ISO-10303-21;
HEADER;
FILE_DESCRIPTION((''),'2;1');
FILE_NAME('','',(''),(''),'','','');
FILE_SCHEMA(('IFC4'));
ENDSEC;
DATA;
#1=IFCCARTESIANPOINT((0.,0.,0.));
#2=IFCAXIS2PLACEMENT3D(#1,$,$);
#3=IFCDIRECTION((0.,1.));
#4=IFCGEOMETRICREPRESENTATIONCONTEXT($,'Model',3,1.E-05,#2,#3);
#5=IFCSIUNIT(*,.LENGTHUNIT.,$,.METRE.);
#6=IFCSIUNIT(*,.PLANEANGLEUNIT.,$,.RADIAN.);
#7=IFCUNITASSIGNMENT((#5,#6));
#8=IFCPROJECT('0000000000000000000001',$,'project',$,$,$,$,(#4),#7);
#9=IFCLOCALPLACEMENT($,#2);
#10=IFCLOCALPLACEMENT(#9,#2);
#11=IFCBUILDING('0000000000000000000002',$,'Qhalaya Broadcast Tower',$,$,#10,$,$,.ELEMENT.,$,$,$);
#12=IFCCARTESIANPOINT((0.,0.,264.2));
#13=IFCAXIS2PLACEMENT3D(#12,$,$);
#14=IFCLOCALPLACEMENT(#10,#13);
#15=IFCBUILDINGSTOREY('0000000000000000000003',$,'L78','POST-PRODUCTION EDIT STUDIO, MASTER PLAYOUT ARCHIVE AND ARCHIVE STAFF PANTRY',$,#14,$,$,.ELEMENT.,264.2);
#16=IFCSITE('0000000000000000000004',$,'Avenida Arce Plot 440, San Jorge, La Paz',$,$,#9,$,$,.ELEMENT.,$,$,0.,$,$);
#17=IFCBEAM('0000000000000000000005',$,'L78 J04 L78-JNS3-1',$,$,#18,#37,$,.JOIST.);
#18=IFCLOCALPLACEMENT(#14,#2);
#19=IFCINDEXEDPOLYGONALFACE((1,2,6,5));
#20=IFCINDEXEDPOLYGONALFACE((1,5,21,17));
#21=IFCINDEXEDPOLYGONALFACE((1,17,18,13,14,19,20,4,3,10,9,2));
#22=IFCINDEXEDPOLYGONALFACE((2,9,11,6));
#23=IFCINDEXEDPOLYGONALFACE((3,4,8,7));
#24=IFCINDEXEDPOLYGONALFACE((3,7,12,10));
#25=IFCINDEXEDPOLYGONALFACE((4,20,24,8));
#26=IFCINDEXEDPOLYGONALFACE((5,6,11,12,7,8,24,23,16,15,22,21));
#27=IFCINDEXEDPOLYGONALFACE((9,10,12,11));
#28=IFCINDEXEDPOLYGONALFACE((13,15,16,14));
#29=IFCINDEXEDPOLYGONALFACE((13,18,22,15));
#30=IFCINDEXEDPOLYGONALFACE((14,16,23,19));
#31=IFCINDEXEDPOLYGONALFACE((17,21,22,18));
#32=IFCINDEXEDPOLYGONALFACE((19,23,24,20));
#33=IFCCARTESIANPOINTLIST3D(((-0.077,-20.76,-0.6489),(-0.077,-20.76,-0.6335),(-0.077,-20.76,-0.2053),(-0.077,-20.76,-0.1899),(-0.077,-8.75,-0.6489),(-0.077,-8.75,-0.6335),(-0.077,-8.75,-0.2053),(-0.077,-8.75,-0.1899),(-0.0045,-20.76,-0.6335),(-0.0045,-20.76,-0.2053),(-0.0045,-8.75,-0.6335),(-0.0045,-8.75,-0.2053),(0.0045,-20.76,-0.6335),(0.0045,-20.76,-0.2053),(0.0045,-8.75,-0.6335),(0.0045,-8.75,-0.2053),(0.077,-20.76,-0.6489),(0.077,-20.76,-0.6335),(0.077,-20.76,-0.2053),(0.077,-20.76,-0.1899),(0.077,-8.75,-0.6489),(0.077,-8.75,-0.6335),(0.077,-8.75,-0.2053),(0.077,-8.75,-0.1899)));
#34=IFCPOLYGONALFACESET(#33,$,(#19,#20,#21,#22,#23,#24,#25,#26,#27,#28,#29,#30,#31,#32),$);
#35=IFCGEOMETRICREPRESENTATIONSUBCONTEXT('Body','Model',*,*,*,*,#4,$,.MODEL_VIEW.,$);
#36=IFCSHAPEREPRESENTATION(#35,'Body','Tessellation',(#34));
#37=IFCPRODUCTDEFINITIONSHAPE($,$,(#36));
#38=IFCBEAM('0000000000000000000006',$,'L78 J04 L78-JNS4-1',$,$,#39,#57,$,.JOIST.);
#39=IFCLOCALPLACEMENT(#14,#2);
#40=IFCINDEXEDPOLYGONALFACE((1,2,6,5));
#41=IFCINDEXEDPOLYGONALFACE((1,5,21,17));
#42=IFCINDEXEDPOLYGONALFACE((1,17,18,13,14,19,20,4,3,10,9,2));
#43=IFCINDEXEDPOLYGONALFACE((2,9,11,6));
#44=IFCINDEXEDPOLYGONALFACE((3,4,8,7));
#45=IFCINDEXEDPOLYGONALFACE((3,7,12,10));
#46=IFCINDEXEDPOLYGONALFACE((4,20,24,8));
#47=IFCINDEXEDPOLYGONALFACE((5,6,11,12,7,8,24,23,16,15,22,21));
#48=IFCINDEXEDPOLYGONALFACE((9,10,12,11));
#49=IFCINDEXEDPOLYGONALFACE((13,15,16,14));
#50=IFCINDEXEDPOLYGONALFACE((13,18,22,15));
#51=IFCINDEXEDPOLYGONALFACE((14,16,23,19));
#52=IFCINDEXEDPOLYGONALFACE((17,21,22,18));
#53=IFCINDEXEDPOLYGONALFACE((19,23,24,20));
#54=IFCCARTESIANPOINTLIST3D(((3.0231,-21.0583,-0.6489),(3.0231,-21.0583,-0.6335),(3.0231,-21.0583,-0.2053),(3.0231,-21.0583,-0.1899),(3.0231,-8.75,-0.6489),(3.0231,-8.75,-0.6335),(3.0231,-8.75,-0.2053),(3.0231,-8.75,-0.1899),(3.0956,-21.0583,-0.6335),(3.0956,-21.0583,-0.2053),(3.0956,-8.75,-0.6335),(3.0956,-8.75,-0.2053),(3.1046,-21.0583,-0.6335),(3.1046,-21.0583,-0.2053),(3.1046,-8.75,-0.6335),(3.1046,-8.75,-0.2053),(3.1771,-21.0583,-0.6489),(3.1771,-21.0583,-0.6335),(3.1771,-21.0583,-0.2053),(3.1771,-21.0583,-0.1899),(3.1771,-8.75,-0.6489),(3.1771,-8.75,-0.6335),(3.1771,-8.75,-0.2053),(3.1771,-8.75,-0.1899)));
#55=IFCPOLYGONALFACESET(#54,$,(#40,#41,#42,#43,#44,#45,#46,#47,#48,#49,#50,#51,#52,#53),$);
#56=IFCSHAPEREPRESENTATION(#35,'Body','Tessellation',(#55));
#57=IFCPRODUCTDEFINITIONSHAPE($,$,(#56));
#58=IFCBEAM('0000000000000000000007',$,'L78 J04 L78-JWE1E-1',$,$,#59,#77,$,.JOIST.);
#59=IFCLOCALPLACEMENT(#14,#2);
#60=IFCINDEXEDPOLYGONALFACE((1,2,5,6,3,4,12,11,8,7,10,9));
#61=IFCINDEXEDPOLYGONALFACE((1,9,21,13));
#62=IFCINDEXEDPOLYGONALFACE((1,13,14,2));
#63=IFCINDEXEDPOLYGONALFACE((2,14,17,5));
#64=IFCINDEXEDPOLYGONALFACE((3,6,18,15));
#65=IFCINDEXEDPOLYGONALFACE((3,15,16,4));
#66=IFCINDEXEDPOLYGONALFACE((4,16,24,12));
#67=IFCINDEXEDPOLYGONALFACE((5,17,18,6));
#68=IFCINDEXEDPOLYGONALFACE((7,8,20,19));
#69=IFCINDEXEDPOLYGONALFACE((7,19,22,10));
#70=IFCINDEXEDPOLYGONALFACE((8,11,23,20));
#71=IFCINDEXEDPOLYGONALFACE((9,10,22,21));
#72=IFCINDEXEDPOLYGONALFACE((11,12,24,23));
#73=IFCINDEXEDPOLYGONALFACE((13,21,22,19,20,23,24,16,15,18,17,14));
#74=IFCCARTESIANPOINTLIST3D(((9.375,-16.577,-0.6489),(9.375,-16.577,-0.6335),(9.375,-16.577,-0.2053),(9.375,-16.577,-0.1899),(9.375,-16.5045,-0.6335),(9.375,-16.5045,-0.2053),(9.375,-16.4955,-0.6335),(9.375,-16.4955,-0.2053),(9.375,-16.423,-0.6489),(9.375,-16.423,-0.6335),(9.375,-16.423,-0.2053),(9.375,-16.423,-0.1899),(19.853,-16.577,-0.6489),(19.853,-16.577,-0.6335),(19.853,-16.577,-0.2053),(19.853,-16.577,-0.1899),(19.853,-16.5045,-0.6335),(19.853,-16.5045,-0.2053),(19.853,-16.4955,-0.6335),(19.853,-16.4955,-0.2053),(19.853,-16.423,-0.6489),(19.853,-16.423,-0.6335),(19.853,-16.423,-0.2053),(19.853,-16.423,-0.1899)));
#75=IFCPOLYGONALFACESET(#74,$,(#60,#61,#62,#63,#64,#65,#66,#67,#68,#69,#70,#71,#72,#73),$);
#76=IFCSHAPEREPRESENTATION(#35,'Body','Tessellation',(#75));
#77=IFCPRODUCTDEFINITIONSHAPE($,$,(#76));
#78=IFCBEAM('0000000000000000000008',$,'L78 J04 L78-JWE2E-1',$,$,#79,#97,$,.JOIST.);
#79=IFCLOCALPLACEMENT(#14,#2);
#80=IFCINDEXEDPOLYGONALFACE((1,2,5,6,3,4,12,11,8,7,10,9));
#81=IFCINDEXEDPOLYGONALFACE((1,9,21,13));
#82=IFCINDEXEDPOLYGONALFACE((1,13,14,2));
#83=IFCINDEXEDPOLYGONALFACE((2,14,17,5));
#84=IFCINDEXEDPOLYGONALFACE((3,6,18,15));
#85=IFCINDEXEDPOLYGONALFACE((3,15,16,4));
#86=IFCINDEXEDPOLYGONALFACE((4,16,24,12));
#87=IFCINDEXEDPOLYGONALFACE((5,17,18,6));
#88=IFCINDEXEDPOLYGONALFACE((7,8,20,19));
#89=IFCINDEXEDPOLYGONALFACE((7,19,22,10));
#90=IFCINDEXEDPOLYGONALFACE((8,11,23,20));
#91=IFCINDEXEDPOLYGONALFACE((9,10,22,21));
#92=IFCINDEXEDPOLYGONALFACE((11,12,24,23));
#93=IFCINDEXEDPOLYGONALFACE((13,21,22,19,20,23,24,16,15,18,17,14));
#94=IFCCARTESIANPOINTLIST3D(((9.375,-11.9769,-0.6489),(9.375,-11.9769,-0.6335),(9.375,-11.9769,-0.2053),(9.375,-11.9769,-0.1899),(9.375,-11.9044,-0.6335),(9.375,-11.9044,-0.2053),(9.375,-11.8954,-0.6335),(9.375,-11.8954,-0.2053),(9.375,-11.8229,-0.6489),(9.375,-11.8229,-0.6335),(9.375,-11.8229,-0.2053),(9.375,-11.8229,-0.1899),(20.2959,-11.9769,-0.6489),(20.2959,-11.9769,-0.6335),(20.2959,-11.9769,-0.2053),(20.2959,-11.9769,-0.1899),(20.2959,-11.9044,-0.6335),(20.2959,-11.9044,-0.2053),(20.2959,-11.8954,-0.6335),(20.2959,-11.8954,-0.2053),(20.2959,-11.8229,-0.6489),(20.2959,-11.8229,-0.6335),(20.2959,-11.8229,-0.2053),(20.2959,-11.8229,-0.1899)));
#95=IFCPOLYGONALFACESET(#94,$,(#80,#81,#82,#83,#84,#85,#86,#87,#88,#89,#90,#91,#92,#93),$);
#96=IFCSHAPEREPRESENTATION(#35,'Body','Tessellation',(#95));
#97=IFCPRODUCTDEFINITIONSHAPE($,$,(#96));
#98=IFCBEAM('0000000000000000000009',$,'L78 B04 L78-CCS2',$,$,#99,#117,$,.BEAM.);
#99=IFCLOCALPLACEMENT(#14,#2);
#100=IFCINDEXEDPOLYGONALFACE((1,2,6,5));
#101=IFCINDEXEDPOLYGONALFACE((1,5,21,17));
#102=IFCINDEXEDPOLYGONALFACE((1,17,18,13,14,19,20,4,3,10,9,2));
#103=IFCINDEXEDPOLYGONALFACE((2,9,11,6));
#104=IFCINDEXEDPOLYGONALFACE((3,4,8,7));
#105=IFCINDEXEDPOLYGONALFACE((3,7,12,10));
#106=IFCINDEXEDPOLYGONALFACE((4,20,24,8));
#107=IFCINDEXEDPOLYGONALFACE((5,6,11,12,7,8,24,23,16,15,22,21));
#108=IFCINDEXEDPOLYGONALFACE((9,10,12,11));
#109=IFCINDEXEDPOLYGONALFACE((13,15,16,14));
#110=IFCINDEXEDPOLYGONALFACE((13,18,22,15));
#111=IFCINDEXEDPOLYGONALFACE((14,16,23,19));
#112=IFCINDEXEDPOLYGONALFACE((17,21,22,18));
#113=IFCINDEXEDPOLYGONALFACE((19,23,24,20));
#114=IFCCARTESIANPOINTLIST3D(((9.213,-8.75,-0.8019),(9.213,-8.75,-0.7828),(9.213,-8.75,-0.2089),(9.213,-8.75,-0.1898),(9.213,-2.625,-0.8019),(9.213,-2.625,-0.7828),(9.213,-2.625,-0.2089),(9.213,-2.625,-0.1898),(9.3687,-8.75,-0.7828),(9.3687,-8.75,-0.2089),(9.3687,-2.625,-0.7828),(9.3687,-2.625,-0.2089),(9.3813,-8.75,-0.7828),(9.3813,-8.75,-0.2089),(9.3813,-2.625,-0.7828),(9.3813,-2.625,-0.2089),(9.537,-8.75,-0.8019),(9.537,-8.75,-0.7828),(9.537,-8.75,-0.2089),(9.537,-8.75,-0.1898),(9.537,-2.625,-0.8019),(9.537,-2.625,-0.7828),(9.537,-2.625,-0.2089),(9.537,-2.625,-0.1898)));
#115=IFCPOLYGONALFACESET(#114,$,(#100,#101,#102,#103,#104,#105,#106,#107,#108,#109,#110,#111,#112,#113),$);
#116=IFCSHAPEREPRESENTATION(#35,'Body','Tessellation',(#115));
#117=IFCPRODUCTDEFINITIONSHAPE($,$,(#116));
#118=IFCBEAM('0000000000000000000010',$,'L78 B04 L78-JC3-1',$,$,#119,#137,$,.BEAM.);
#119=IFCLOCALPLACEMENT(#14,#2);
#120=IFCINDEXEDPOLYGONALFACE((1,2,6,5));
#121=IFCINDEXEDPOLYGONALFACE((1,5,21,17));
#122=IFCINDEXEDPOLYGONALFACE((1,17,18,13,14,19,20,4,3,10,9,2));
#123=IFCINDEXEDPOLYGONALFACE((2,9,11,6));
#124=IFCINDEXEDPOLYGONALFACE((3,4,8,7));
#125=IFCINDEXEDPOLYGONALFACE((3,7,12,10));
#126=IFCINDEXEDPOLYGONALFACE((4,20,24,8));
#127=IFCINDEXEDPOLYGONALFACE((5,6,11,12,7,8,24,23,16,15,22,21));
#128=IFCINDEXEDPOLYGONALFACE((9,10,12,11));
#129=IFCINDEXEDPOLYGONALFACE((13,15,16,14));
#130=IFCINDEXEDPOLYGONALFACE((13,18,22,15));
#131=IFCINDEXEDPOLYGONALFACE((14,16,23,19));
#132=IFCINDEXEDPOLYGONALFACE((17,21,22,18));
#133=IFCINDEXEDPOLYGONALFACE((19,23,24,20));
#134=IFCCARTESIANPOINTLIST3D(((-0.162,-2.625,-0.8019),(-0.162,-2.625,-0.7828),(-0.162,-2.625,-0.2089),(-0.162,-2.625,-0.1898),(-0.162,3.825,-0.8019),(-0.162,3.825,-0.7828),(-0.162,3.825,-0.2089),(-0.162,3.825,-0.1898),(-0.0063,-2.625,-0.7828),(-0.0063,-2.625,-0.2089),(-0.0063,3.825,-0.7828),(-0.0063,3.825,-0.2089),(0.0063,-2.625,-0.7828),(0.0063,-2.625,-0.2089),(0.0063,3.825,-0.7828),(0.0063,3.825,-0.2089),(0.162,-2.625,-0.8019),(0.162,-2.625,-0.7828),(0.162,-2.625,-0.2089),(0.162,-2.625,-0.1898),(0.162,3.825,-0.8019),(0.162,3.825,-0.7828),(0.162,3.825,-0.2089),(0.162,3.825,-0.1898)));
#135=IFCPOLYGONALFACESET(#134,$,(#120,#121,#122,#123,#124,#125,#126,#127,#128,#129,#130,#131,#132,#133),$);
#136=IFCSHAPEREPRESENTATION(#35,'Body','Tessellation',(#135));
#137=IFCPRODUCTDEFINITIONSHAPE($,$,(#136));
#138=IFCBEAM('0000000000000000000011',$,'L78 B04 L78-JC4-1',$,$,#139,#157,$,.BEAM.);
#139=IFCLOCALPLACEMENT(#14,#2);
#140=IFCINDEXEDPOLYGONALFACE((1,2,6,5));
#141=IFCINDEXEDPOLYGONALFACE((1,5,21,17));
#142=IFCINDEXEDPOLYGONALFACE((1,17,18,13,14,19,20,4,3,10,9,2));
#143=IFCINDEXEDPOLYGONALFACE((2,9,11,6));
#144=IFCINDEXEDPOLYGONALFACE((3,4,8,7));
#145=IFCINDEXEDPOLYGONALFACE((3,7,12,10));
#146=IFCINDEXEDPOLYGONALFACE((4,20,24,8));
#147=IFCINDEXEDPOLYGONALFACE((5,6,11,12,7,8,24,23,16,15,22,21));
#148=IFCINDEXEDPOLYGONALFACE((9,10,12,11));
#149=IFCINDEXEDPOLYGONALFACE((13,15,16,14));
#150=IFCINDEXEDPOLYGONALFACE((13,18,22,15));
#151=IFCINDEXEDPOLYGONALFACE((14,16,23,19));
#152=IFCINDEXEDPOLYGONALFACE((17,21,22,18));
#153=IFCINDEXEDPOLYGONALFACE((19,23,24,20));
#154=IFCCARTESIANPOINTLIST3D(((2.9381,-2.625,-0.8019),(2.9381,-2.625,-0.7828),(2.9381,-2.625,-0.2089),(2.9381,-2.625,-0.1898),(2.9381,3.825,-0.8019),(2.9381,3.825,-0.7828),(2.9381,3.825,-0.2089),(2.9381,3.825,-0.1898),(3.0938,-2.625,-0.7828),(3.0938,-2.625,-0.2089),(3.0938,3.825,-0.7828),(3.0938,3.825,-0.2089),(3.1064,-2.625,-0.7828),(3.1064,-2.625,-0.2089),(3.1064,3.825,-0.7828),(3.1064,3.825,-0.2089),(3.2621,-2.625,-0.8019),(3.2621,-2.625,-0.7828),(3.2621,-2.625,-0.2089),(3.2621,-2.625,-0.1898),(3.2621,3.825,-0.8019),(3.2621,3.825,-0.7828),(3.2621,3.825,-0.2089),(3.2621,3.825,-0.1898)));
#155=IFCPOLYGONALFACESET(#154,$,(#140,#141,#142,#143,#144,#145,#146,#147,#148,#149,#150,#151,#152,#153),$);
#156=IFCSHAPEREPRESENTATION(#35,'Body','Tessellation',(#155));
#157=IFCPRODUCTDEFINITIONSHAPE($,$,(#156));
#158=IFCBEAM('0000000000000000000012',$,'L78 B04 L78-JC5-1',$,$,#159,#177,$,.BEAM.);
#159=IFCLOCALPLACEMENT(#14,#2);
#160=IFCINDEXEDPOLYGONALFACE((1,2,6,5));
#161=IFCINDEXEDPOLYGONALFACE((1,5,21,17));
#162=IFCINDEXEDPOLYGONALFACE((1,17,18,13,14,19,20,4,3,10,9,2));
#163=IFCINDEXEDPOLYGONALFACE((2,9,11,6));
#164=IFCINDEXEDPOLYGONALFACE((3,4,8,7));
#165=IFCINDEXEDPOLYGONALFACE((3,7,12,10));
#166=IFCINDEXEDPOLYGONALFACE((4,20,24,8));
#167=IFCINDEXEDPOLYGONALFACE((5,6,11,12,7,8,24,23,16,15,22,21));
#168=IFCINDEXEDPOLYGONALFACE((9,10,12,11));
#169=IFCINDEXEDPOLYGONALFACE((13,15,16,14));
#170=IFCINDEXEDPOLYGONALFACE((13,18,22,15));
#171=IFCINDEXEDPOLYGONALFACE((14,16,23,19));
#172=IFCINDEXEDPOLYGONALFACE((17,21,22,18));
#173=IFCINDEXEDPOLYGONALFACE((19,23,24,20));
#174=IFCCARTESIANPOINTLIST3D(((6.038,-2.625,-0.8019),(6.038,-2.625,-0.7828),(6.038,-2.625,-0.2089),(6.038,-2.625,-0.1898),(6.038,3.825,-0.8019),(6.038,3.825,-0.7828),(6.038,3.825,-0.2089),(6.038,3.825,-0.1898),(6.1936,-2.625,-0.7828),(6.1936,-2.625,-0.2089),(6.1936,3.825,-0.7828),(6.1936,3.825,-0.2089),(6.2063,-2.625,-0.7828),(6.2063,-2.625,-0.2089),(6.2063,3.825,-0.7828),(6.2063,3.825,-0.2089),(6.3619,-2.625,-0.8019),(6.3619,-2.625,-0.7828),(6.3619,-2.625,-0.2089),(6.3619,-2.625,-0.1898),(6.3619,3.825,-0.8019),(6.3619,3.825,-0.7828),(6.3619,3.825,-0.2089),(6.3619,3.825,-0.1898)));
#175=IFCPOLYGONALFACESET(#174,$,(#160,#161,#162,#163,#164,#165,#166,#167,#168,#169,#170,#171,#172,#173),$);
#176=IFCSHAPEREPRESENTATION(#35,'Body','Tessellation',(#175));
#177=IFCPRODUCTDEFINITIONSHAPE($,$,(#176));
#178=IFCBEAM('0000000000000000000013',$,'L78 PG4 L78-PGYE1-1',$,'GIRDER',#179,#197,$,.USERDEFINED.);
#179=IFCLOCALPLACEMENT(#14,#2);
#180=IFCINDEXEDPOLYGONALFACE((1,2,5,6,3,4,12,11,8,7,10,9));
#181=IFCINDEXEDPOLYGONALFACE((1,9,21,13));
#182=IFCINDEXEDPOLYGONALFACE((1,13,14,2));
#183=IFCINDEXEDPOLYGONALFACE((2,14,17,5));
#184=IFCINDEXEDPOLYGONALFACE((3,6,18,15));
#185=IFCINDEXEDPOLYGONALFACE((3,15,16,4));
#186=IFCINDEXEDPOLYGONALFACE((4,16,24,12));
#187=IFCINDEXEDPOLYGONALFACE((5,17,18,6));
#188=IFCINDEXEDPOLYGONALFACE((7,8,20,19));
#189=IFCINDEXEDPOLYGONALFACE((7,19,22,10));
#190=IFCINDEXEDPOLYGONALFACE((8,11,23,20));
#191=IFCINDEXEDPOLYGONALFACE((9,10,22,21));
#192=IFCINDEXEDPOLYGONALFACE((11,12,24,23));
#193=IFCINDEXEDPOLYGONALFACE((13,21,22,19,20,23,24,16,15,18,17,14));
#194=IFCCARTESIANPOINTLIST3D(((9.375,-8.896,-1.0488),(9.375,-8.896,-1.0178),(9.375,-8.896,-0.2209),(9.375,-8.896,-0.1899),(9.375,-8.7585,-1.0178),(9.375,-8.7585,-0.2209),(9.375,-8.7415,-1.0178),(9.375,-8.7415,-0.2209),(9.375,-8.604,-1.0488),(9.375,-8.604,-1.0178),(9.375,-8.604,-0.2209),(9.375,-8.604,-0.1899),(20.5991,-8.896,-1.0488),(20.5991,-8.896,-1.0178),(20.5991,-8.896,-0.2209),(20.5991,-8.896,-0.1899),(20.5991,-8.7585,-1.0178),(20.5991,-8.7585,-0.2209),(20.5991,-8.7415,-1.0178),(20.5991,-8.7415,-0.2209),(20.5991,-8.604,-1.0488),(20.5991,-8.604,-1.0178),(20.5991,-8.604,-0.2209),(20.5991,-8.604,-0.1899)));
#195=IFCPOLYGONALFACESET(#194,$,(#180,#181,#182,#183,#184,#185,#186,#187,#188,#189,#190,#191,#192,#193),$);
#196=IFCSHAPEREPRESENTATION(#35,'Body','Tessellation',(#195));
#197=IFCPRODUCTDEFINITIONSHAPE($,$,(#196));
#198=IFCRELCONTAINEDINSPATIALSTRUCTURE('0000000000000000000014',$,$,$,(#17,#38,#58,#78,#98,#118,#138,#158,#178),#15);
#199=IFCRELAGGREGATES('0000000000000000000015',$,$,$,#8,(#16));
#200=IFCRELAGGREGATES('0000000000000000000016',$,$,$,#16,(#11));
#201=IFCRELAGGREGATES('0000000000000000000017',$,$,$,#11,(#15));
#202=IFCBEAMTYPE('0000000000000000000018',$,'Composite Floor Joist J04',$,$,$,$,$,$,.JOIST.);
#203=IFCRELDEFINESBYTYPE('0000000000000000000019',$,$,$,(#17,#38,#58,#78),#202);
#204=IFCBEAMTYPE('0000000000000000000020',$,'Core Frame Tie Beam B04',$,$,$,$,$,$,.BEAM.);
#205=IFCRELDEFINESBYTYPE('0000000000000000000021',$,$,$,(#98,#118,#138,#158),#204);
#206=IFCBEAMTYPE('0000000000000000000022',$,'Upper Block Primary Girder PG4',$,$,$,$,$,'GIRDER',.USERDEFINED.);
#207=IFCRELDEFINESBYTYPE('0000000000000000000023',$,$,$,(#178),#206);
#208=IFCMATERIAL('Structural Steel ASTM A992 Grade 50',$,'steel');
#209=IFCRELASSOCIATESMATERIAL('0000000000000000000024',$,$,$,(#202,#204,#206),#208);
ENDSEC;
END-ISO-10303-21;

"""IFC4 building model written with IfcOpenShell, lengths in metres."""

from ifc_helpers import new_model, si_unit, direction, frame, origin, origin_2d, place, context, subcontext, project, spatial, i_section, extrude, material, material_profile, profile_set, type_object, element, save


model = new_model("IFC4")

# Units and contexts
model_context = context("Model", 3, precision=1e-05, world=origin(), true_north=direction((0.0, 1.0)))
body_context = subcontext(model_context, "Body", "Model", "MODEL_VIEW")
ifc_project = project(units=[si_unit("LENGTHUNIT", "METRE"), si_unit("PLANEANGLEUNIT", "RADIAN")], contexts=[model_context])

# Site, building, storey
site_placement = place(None, origin())
site = spatial("IfcSite", under=ifc_project, at=site_placement, Name="Avenida Arce Plot 440, San Jorge, La Paz", CompositionType="ELEMENT", RefElevation=0.0)
building_placement = place(site_placement, origin())
building = spatial("IfcBuilding", under=site, at=building_placement, Name="Qhalaya Broadcast Tower", CompositionType="ELEMENT")
storey_placement = place(building_placement, frame((0.0, 0.0, 264.2)))
storey = spatial("IfcBuildingStorey", under=building, at=storey_placement, Name="L78", Description="POST-PRODUCTION EDIT STUDIO, MASTER PLAYOUT ARCHIVE AND ARCHIVE STAFF PANTRY", CompositionType="ELEMENT", Elevation=264.2)

# Beams
ifc_material_1 = material(Name="Structural Steel ASTM A992 Grade 50", Category="steel")
ifc_material_profile_1 = material_profile(ifc_material_1, i_section(OverallWidth=0.1541, OverallDepth=0.459, WebThickness=0.009, FlangeThickness=0.0154, at=origin_2d()), Name="W18X46")
ifc_profile_set_1 = profile_set([ifc_material_profile_1], Name="Structural Steel ASTM A992 Grade 50")
beam_type_1 = type_object("IfcBeamType", Name="Composite Floor Joist J04", PredefinedType="JOIST", material=ifc_profile_set_1)
beam_1_placement = place(storey_placement, frame((0.0, -20.76, -0.4194), z_axis=(0.0, 1.0, 0.0), x_axis=(-1.0, 0.0, 0.0)))
element("IfcBeam", 1, at=beam_1_placement, inside=storey, type_object=beam_type_1, Name="L78 J04 L78-JNS3-1", PredefinedType="JOIST", context=body_context, shape_type="SweptSolid", body=[
    extrude(i_section(OverallWidth=0.1541, OverallDepth=0.459, WebThickness=0.009, FlangeThickness=0.0154, at=origin_2d()), origin(), (0.0, 0.0, 1.0), 12.01),
])
beam_2_placement = place(storey_placement, frame((3.1001, -21.0583, -0.4194), z_axis=(0.0, 1.0, 0.0), x_axis=(-1.0, 0.0, 0.0)))
element("IfcBeam", 2, at=beam_2_placement, inside=storey, type_object=beam_type_1, Name="L78 J04 L78-JNS4-1", PredefinedType="JOIST", context=body_context, shape_type="SweptSolid", body=[
    extrude(i_section(OverallWidth=0.1541, OverallDepth=0.459, WebThickness=0.009, FlangeThickness=0.0154, at=origin_2d()), origin(), (0.0, 0.0, 1.0), 12.3083),
])
beam_3_placement = place(storey_placement, frame((9.375, -16.5, -0.4194), z_axis=(1.0, 0.0, 0.0), x_axis=(0.0, 1.0, 0.0)))
element("IfcBeam", 3, at=beam_3_placement, inside=storey, type_object=beam_type_1, Name="L78 J04 L78-JWE1E-1", PredefinedType="JOIST", context=body_context, shape_type="SweptSolid", body=[
    extrude(i_section(OverallWidth=0.1541, OverallDepth=0.459, WebThickness=0.009, FlangeThickness=0.0154, at=origin_2d()), origin(), (0.0, 0.0, 1.0), 10.478),
])
beam_4_placement = place(storey_placement, frame((9.375, -11.8999, -0.4194), z_axis=(1.0, 0.0, 0.0), x_axis=(0.0, 1.0, 0.0)))
element("IfcBeam", 4, at=beam_4_placement, inside=storey, type_object=beam_type_1, Name="L78 J04 L78-JWE2E-1", PredefinedType="JOIST", context=body_context, shape_type="SweptSolid", body=[
    extrude(i_section(OverallWidth=0.1541, OverallDepth=0.459, WebThickness=0.009, FlangeThickness=0.0154, at=origin_2d()), origin(), (0.0, 0.0, 1.0), 10.9209),
])
ifc_material_profile_2 = material_profile(ifc_material_1, i_section(OverallWidth=0.324, OverallDepth=0.6121, WebThickness=0.0127, FlangeThickness=0.019, at=origin_2d()), Name="W24X104")
ifc_profile_set_2 = profile_set([ifc_material_profile_2], Name="Structural Steel ASTM A992 Grade 50")
beam_type_2 = type_object("IfcBeamType", Name="Core Frame Tie Beam B04", PredefinedType="BEAM", material=ifc_profile_set_2)
beam_5_placement = place(storey_placement, frame((9.375, -8.75, -0.4958), z_axis=(0.0, 1.0, 0.0), x_axis=(-1.0, 0.0, 0.0)))
element("IfcBeam", 5, at=beam_5_placement, inside=storey, type_object=beam_type_2, Name="L78 B04 L78-CCS2", PredefinedType="BEAM", context=body_context, shape_type="SweptSolid", body=[
    extrude(i_section(OverallWidth=0.324, OverallDepth=0.6121, WebThickness=0.0127, FlangeThickness=0.019, at=origin_2d()), origin(), (0.0, 0.0, 1.0), 6.125),
])
for number, where, z_axis, x_axis, name in (
    (6, (0.0, -2.625, -0.4958), (0.0, 1.0, 0.0), (-1.0, 0.0, 0.0), "L78 B04 L78-JC3-1"),
    (7, (3.1001, -2.625, -0.4958), (0.0, 1.0, 0.0), (-1.0, 0.0, 0.0), "L78 B04 L78-JC4-1"),
    (8, (6.2, -2.625, -0.4958), (0.0, 1.0, 0.0), (-1.0, 0.0, 0.0), "L78 B04 L78-JC5-1"),
):
    element("IfcBeam", number, at=place(storey_placement, frame(where, z_axis=z_axis, x_axis=x_axis)), inside=storey, type_object=beam_type_2, Name=name, PredefinedType="BEAM", context=body_context, shape_type="SweptSolid", body=[
        extrude(i_section(OverallWidth=0.324, OverallDepth=0.6121, WebThickness=0.0127, FlangeThickness=0.019, at=origin_2d()), origin(), (0.0, 0.0, 1.0), 6.45),
    ])
ifc_material_profile_3 = material_profile(ifc_material_1, i_section(OverallWidth=0.292, OverallDepth=0.8589, WebThickness=0.0171, FlangeThickness=0.031, at=origin_2d()), Name="W33X169")
ifc_profile_set_3 = profile_set([ifc_material_profile_3], Name="Structural Steel ASTM A992 Grade 50")
beam_type_3 = type_object("IfcBeamType", Name="Upper Block Primary Girder PG4", ElementType="GIRDER", PredefinedType="USERDEFINED", material=ifc_profile_set_3)
beam_6_placement = place(storey_placement, frame((9.375, -8.75, -0.6194), z_axis=(1.0, 0.0, 0.0), x_axis=(0.0, 1.0, 0.0)))
element("IfcBeam", 9, at=beam_6_placement, inside=storey, type_object=beam_type_3, Name="L78 PG4 L78-PGYE1-1", ObjectType="GIRDER", PredefinedType="USERDEFINED", context=body_context, shape_type="SweptSolid", body=[
    extrude(i_section(OverallWidth=0.292, OverallDepth=0.8589, WebThickness=0.0171, FlangeThickness=0.031, at=origin_2d()), origin(), (0.0, 0.0, 1.0), 11.2241),
])

save(model, "model.ifc")
